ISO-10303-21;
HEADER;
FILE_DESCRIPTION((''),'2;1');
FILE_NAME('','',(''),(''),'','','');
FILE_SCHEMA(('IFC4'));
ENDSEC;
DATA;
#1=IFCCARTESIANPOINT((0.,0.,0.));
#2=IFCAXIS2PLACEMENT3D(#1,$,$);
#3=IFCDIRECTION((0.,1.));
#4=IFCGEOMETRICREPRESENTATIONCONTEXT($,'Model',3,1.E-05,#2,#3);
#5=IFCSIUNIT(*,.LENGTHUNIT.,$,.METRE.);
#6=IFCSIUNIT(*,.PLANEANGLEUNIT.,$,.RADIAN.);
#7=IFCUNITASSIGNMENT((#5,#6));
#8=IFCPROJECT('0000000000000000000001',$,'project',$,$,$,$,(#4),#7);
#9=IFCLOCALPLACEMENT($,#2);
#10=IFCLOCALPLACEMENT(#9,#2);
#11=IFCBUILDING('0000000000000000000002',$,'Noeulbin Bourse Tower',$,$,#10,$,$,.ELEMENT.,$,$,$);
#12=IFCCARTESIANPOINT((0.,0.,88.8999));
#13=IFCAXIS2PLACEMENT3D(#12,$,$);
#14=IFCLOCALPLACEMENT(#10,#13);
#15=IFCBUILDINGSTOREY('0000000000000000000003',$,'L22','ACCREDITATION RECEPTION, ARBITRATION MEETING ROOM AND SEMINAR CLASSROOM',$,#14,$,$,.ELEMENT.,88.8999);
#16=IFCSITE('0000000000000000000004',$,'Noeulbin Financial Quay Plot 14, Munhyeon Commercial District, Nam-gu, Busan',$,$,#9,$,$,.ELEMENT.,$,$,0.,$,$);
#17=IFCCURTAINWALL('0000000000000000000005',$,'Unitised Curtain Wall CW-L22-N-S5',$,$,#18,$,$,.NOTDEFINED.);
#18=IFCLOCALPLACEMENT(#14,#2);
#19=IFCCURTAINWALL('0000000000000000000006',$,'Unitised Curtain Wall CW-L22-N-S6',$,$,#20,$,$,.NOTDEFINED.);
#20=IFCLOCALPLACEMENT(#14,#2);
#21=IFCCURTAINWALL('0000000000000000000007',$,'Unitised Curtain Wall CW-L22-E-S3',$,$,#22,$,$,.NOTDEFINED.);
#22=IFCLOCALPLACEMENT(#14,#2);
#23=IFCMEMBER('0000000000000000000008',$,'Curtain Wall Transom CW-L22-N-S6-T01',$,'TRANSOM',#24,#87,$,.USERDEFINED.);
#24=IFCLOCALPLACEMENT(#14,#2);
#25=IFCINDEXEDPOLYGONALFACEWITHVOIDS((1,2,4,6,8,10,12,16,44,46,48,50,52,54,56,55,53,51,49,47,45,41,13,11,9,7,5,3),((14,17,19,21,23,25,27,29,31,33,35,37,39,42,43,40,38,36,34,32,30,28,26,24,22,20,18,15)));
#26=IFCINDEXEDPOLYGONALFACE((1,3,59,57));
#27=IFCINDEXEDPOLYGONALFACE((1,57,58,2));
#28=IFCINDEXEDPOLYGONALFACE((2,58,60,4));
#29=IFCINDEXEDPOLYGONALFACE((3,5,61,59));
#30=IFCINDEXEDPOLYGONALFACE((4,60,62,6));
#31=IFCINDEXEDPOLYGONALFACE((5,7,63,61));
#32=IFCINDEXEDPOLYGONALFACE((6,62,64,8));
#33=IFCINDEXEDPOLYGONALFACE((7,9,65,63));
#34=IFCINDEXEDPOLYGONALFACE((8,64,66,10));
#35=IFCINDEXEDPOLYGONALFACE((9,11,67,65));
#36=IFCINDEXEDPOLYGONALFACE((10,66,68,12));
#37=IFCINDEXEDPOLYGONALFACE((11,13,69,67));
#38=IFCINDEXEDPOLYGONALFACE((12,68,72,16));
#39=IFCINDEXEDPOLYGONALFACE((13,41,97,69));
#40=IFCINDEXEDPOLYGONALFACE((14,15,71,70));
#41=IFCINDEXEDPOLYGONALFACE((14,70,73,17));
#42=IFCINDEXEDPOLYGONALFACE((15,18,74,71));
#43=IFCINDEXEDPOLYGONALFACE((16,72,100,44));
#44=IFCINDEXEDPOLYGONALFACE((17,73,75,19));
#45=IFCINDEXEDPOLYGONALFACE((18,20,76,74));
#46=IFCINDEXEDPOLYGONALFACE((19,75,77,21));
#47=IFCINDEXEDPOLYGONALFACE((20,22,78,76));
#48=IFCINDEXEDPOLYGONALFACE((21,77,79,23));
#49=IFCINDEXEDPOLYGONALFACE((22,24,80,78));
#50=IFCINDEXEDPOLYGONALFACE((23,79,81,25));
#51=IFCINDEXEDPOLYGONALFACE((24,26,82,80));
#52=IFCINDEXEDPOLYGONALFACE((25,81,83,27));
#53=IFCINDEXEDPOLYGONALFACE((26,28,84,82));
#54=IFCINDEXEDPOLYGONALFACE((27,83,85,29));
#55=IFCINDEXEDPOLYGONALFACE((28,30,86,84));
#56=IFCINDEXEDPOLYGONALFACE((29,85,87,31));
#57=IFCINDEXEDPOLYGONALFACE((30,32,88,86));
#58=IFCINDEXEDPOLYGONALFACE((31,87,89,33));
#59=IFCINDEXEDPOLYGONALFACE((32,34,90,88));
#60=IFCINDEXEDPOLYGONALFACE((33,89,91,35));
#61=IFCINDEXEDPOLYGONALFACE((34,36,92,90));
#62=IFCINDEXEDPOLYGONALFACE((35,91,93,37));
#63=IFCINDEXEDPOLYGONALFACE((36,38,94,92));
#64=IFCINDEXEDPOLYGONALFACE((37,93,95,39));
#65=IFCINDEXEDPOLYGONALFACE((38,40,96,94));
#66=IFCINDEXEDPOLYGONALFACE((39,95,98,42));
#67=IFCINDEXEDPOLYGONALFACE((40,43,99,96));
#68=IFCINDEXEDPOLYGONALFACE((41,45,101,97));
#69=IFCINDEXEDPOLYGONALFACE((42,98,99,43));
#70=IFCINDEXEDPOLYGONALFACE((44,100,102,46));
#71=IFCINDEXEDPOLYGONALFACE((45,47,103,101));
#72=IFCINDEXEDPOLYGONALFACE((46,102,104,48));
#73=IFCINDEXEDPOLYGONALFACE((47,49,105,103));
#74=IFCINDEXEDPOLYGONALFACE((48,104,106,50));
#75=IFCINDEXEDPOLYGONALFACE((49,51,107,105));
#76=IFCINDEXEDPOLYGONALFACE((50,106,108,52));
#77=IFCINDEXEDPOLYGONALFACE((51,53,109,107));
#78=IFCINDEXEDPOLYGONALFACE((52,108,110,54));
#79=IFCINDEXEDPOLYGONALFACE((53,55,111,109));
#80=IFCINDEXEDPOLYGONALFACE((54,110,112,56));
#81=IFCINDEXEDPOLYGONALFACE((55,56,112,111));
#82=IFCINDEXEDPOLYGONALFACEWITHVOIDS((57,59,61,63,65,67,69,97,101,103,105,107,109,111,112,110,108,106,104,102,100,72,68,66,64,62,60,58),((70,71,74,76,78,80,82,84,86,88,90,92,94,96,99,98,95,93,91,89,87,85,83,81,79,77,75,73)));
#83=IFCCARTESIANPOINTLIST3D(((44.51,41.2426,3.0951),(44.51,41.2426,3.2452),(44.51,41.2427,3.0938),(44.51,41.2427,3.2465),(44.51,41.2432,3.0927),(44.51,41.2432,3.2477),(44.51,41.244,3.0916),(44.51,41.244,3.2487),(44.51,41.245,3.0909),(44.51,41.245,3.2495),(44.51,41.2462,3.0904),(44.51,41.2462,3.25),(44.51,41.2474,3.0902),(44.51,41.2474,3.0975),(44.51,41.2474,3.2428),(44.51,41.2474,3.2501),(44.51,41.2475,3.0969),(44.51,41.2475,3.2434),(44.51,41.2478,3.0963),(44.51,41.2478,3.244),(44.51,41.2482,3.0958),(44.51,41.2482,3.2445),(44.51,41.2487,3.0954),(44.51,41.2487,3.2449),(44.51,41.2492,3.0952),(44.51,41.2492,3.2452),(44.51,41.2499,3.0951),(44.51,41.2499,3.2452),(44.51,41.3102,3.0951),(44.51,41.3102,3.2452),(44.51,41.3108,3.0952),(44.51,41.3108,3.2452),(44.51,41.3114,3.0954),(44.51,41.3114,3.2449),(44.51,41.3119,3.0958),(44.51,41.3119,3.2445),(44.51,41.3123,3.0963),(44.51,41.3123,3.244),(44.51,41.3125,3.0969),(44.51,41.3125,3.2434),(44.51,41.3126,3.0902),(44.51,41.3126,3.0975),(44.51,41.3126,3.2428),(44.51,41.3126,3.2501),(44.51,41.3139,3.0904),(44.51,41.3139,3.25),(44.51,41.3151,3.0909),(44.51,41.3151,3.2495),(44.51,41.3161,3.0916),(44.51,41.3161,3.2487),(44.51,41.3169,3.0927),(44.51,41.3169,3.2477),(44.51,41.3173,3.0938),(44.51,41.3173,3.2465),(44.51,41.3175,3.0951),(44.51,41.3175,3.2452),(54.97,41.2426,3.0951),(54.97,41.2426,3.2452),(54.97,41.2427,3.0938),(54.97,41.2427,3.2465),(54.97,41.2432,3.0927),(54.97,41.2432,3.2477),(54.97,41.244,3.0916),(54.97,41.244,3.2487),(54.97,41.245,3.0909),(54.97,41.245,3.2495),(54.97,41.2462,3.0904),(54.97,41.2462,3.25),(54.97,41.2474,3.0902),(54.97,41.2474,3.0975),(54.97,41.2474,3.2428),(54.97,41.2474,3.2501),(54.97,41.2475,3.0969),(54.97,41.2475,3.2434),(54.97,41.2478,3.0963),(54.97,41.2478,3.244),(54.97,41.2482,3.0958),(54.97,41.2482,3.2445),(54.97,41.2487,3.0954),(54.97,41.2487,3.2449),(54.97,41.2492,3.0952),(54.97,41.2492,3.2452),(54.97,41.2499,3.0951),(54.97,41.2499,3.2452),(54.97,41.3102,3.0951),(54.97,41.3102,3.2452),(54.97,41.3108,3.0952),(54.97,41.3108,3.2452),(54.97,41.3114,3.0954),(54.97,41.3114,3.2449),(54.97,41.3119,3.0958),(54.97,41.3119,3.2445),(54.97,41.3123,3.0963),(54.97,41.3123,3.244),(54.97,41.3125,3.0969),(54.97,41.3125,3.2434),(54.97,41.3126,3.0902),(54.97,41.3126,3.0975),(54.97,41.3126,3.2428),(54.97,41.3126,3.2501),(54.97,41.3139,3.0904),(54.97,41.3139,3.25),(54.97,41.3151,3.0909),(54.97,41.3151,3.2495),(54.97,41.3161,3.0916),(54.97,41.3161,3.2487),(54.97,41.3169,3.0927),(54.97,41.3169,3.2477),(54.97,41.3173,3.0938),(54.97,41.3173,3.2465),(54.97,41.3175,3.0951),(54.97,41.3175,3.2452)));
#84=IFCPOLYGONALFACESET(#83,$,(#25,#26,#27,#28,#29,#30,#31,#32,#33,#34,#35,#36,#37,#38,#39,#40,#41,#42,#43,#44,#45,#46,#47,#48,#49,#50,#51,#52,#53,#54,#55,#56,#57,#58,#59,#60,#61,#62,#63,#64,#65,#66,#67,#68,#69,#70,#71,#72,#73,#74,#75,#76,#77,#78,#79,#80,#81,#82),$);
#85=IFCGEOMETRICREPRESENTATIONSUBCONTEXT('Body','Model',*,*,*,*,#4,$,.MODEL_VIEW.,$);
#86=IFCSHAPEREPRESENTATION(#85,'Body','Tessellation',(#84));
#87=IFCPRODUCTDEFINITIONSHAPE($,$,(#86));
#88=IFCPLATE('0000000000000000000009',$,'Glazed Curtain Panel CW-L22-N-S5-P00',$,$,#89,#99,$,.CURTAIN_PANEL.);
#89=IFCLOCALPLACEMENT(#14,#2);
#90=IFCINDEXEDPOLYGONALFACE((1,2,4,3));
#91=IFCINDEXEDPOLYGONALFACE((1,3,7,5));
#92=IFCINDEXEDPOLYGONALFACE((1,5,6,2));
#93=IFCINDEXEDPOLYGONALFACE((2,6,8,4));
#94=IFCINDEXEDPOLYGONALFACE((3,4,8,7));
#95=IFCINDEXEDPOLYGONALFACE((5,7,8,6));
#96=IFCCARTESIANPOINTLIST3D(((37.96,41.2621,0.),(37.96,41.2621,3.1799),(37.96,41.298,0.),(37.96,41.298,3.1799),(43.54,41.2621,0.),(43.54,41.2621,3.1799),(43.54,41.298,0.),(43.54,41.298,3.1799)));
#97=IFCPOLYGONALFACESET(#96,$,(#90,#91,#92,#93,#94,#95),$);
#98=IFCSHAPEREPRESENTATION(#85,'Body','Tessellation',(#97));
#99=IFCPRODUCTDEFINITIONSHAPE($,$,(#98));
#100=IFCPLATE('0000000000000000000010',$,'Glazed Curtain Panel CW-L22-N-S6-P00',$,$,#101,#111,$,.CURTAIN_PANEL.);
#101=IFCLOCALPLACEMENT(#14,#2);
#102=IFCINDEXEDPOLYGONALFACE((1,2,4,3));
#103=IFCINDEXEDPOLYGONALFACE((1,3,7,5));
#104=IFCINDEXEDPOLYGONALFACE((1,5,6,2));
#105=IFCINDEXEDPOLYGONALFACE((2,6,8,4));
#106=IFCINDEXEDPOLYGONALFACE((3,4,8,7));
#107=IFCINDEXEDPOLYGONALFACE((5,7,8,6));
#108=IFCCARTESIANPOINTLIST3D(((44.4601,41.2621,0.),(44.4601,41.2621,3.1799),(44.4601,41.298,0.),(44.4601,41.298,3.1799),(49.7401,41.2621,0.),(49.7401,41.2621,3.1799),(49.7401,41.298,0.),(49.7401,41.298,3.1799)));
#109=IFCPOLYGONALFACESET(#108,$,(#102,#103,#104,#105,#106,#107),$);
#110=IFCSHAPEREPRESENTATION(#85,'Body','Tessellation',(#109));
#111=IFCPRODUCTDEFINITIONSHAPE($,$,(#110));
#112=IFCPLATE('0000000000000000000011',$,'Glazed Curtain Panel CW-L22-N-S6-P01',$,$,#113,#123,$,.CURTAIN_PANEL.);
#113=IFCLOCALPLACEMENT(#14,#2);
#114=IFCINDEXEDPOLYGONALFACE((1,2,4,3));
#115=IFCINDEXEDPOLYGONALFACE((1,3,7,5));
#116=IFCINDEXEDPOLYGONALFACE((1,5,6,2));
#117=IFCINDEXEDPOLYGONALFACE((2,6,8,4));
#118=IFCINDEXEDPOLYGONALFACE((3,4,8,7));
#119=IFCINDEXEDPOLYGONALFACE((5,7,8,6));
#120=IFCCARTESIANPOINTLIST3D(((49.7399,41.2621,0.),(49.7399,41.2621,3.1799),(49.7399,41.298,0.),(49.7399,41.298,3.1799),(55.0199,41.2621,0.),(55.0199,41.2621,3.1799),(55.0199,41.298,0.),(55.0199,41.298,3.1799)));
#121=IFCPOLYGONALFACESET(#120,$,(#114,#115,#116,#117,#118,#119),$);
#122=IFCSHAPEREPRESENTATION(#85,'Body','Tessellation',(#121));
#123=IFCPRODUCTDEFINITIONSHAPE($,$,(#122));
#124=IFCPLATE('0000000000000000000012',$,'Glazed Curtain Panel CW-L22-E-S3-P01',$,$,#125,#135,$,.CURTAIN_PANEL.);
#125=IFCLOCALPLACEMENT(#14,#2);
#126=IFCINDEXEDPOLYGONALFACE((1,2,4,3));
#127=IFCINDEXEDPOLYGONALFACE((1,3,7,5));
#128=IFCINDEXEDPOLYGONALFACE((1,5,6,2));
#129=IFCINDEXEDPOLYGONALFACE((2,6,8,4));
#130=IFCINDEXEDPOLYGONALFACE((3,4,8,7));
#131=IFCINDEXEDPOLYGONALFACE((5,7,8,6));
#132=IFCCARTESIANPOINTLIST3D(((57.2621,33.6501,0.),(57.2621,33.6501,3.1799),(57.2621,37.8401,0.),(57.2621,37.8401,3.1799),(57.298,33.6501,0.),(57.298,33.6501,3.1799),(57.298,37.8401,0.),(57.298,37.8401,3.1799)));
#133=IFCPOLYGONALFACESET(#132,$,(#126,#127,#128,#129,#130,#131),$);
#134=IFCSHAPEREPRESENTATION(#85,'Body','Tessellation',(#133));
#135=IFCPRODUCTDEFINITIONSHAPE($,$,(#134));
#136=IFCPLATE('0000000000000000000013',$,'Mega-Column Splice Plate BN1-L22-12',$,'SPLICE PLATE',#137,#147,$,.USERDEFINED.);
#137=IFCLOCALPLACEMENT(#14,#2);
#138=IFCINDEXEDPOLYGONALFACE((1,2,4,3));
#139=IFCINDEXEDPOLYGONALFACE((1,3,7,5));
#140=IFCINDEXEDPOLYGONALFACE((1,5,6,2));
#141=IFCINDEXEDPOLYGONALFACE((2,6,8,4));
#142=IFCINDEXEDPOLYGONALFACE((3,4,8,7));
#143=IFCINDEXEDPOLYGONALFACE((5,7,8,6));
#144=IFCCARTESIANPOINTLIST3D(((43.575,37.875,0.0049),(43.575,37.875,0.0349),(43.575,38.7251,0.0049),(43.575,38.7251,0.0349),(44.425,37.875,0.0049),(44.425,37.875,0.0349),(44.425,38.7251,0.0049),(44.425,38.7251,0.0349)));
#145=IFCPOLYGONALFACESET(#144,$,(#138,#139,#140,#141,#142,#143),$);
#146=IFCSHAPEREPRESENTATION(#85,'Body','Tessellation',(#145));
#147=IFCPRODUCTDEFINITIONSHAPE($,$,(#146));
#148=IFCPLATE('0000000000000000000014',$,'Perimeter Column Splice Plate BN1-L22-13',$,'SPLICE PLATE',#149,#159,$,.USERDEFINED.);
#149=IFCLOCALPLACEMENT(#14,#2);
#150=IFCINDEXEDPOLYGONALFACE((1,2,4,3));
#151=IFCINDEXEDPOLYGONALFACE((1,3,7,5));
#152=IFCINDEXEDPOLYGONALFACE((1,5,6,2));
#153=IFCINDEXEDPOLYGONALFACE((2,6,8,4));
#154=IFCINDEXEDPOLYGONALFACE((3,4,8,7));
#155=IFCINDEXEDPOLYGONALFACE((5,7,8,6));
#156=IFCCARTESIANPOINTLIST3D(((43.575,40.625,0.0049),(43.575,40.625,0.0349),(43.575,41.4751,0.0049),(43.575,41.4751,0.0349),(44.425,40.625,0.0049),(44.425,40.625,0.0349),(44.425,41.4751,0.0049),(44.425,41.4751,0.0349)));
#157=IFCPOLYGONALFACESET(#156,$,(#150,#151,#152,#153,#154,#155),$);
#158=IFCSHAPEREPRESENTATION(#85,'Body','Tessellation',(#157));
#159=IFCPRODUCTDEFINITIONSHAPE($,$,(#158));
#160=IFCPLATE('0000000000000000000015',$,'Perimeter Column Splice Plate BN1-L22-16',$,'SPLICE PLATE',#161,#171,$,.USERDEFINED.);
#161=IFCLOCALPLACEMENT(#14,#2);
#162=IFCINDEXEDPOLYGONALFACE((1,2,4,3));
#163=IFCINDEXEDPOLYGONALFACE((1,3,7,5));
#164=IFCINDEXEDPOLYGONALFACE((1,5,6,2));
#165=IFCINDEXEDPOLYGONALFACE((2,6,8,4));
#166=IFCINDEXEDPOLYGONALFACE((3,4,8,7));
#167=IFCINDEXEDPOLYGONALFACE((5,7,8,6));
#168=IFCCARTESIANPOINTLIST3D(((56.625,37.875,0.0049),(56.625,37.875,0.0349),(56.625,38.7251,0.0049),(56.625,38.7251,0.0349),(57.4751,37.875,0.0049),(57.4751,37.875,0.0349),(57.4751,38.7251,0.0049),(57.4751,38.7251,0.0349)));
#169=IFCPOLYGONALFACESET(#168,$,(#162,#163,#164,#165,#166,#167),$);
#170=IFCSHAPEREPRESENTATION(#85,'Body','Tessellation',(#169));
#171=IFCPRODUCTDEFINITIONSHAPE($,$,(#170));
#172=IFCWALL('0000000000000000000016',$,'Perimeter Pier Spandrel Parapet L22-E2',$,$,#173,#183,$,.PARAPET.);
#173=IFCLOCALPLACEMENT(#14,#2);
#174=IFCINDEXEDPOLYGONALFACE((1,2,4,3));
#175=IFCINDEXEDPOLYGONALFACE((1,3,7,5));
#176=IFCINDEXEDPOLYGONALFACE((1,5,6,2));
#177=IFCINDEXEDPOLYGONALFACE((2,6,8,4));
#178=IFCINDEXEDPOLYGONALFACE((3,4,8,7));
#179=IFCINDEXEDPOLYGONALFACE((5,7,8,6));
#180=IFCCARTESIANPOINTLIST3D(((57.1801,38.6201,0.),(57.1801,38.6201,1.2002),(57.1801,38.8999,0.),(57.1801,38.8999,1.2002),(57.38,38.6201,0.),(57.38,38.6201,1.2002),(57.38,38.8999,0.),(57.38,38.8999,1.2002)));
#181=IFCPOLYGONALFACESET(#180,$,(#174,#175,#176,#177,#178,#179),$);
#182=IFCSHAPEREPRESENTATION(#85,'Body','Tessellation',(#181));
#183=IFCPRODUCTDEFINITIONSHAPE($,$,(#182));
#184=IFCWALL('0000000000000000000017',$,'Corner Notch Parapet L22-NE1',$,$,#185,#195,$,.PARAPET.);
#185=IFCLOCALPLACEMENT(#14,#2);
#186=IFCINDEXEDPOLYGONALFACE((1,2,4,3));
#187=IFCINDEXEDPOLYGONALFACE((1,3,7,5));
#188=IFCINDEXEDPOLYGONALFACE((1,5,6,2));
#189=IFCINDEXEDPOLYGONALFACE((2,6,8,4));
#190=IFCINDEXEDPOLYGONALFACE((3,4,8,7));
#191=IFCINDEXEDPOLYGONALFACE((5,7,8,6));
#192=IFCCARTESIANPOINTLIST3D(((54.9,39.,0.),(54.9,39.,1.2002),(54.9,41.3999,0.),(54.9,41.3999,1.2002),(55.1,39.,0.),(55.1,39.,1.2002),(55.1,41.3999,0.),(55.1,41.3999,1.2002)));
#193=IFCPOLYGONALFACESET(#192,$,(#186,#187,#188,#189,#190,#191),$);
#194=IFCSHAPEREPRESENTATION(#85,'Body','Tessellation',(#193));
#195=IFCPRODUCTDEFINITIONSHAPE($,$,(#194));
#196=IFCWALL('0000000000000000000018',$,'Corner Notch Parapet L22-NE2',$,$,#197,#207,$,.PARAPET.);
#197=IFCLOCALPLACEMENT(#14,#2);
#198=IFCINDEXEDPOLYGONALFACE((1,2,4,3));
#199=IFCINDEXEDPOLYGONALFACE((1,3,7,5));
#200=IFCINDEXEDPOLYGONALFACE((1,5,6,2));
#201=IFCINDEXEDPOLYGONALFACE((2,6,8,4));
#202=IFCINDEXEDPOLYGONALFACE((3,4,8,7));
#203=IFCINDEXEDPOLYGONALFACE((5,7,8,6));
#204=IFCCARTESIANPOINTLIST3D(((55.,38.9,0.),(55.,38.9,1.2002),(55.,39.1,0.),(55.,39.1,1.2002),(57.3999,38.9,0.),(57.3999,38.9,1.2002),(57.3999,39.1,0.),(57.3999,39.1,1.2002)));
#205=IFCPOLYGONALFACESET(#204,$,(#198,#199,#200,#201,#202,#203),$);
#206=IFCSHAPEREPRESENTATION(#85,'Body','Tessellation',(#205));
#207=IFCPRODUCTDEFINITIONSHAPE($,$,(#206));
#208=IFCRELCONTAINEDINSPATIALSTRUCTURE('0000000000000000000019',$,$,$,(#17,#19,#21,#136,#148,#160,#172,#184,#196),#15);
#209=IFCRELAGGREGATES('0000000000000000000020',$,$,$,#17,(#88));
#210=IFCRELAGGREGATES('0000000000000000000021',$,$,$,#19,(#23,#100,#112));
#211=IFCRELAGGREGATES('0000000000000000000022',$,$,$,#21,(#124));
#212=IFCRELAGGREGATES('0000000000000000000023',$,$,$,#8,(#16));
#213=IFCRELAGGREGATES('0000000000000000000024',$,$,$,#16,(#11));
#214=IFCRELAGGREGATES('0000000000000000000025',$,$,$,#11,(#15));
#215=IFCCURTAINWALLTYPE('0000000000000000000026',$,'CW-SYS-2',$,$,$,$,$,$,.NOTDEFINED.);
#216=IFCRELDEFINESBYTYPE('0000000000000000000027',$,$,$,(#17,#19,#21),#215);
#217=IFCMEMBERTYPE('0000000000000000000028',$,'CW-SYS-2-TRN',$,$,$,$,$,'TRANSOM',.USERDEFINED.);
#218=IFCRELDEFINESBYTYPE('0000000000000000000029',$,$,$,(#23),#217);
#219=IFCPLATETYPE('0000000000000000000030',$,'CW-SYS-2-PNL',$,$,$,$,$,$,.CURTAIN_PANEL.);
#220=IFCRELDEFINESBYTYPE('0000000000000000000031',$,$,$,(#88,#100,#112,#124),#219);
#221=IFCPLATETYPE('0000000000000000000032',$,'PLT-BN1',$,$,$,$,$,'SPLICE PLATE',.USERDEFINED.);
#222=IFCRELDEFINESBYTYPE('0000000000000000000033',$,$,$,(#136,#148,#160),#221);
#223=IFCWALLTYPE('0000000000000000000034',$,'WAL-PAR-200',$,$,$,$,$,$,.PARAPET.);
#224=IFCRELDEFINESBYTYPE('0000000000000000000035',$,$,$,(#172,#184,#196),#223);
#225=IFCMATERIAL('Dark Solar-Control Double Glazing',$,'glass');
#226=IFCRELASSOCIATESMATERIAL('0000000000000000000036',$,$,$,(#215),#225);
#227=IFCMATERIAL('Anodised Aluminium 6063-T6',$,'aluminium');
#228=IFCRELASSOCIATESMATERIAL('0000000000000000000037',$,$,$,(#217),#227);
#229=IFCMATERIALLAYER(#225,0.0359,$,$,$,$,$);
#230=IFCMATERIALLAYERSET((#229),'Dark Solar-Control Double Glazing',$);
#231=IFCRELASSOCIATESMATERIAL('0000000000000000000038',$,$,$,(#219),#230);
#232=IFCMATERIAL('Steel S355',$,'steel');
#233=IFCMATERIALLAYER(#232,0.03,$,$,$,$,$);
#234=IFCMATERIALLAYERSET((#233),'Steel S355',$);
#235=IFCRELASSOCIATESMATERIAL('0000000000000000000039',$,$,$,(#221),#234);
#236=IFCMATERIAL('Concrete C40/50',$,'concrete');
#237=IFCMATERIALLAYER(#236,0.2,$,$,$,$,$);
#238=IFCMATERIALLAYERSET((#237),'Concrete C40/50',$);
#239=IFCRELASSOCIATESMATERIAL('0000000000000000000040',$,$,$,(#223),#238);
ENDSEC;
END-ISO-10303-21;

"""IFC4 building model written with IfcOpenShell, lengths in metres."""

from ifc_helpers import new_model, si_unit, direction, frame, frame_2d, origin, origin_2d, place, context, subcontext, project, spatial, rectangle, hollow_rectangle, extrude, material, layer, layer_set, material_profile, profile_set, type_object, element, aggregate, save


model = new_model("IFC4")

# Units and contexts
model_context = context("Model", 3, precision=1e-05, world=origin(), true_north=direction((0.0, 1.0)))
body_context = subcontext(model_context, "Body", "Model", "MODEL_VIEW")
ifc_project = project(units=[si_unit("LENGTHUNIT", "METRE"), si_unit("PLANEANGLEUNIT", "RADIAN")], contexts=[model_context])

# Site, building, storey
site_placement = place(None, origin())
site = spatial("IfcSite", under=ifc_project, at=site_placement, Name="Noeulbin Financial Quay Plot 14, Munhyeon Commercial District, Nam-gu, Busan", CompositionType="ELEMENT", RefElevation=0.0)
building_placement = place(site_placement, origin())
building = spatial("IfcBuilding", under=site, at=building_placement, Name="Noeulbin Bourse Tower", CompositionType="ELEMENT")
storey_placement = place(building_placement, frame((0.0, 0.0, 88.8999)))
storey = spatial("IfcBuildingStorey", under=building, at=storey_placement, Name="L22", Description="ACCREDITATION RECEPTION, ARBITRATION MEETING ROOM AND SEMINAR CLASSROOM", CompositionType="ELEMENT", Elevation=88.8999)

# Shared definitions
ifc_material_1 = material(Name="Steel S355", Category="steel")

# Curtain wall
ifc_material_2 = material(Name="Dark Solar-Control Double Glazing", Category="glass")
curtain_wall_type = type_object("IfcCurtainWallType", Name="CW-SYS-2", PredefinedType="NOTDEFINED", material=ifc_material_2)
curtain_wall_1_placement = place(storey_placement, origin())
curtain_wall_1 = element("IfcCurtainWall", 1, at=curtain_wall_1_placement, inside=storey, type_object=curtain_wall_type, Name="Unitised Curtain Wall CW-L22-N-S5", PredefinedType="NOTDEFINED")
ifc_material_3 = material(Name="Anodised Aluminium 6063-T6", Category="aluminium")

# Curtain wall
curtain_wall_2_placement = place(storey_placement, origin())
curtain_wall_2 = element("IfcCurtainWall", 2, at=curtain_wall_2_placement, inside=storey, type_object=curtain_wall_type, Name="Unitised Curtain Wall CW-L22-N-S6", PredefinedType="NOTDEFINED")

# Curtain wall
curtain_wall_3_placement = place(storey_placement, origin())
curtain_wall_3 = element("IfcCurtainWall", 3, at=curtain_wall_3_placement, inside=storey, type_object=curtain_wall_type, Name="Unitised Curtain Wall CW-L22-E-S3", PredefinedType="NOTDEFINED")

# Member
ifc_material_profile_1 = material_profile(ifc_material_3, hollow_rectangle(XDim=0.075, YDim=0.1599, WallThickness=0.0049, InnerFilletRadius=0.0024, OuterFilletRadius=0.0049, at=origin_2d()), Name="ALU-TRAN-75x160x5", Category="LoadBearing")
ifc_profile_set_1 = profile_set([ifc_material_profile_1], Name="Anodised Aluminium 6063-T6")
member_type_1 = type_object("IfcMemberType", Name="CW-SYS-2-TRN", ElementType="TRANSOM", PredefinedType="USERDEFINED", material=ifc_profile_set_1)
member_1_placement = place(storey_placement, frame((44.51, 41.28, 3.1702), z_axis=(1.0, 0.0, 0.0), x_axis=(0.0, 1.0, 0.0)))
member_1 = element("IfcMember", 4, at=member_1_placement, type_object=member_type_1, Name="Curtain Wall Transom CW-L22-N-S6-T01", ObjectType="TRANSOM", PredefinedType="USERDEFINED", context=body_context, shape_type="SweptSolid", body=[
    extrude(hollow_rectangle(XDim=0.075, YDim=0.1599, WallThickness=0.0049, InnerFilletRadius=0.0024, OuterFilletRadius=0.0049, at=origin_2d()), origin(), (0.0, 0.0, 1.0), 10.46),
])

# Plates
ifc_layer_1 = layer(ifc_material_2, 0.0359)
ifc_layer_set_1 = layer_set([ifc_layer_1], Name="Dark Solar-Control Double Glazing")
plate_type_1 = type_object("IfcPlateType", Name="CW-SYS-2-PNL", PredefinedType="CURTAIN_PANEL", material=ifc_layer_set_1)
plate_1_placement = place(storey_placement, frame((40.75, 41.28, 0.0), z_axis=(0.0, 0.0, 1.0), x_axis=(1.0, 0.0, 0.0)))
plate_1 = element("IfcPlate", 5, at=plate_1_placement, type_object=plate_type_1, Name="Glazed Curtain Panel CW-L22-N-S5-P00", PredefinedType="CURTAIN_PANEL", context=body_context, shape_type="SweptSolid", body=[
    extrude(rectangle(XDim=5.5801, YDim=0.0359, at=origin_2d()), origin(), (0.0, 0.0, 1.0), 3.1799),
])
aggregate(curtain_wall_1, [plate_1])
plate_2_placement = place(storey_placement, frame((47.1001, 41.28, 0.0), z_axis=(0.0, 0.0, 1.0), x_axis=(1.0, 0.0, 0.0)))
plate_2 = element("IfcPlate", 6, at=plate_2_placement, type_object=plate_type_1, Name="Glazed Curtain Panel CW-L22-N-S6-P00", PredefinedType="CURTAIN_PANEL", context=body_context, shape_type="SweptSolid", body=[
    extrude(rectangle(XDim=5.28, YDim=0.0359, at=origin_2d()), origin(), (0.0, 0.0, 1.0), 3.1799),
])
plate_3_placement = place(storey_placement, frame((52.3799, 41.28, 0.0), z_axis=(0.0, 0.0, 1.0), x_axis=(1.0, 0.0, 0.0)))
plate_3 = element("IfcPlate", 7, at=plate_3_placement, type_object=plate_type_1, Name="Glazed Curtain Panel CW-L22-N-S6-P01", PredefinedType="CURTAIN_PANEL", context=body_context, shape_type="SweptSolid", body=[
    extrude(rectangle(XDim=5.28, YDim=0.0359, at=origin_2d()), origin(), (0.0, 0.0, 1.0), 3.1799),
])
aggregate(curtain_wall_2, [member_1, plate_2, plate_3])
plate_4_placement = place(storey_placement, frame((57.28, 35.7451, 0.0), z_axis=(0.0, 0.0, 1.0), x_axis=(0.0, 1.0, 0.0)))
plate_4 = element("IfcPlate", 8, at=plate_4_placement, type_object=plate_type_1, Name="Glazed Curtain Panel CW-L22-E-S3-P01", PredefinedType="CURTAIN_PANEL", context=body_context, shape_type="SweptSolid", body=[
    extrude(rectangle(XDim=4.1899, YDim=0.0359, at=origin_2d()), origin(), (0.0, 0.0, 1.0), 3.1799),
])
aggregate(curtain_wall_3, [plate_4])

# Plates
ifc_layer_2 = layer(ifc_material_1, 0.03)
ifc_layer_set_2 = layer_set([ifc_layer_2], Name="Steel S355")
plate_type_2 = type_object("IfcPlateType", Name="PLT-BN1", ElementType="SPLICE PLATE", PredefinedType="USERDEFINED", material=ifc_layer_set_2)
for number, where, z_axis, x_axis, name in (
    (9, (44.0, 38.3, 0.0049), (0.0, 0.0, 1.0), (1.0, 0.0, 0.0), "Mega-Column Splice Plate BN1-L22-12"),
    (10, (44.0, 41.05, 0.0049), (0.0, 0.0, 1.0), (1.0, 0.0, 0.0), "Perimeter Column Splice Plate BN1-L22-13"),
    (11, (57.05, 38.3, 0.0049), (0.0, 0.0, 1.0), (1.0, 0.0, 0.0), "Perimeter Column Splice Plate BN1-L22-16"),
):
    element("IfcPlate", number, at=place(storey_placement, frame(where, z_axis=z_axis, x_axis=x_axis)), inside=storey, type_object=plate_type_2, Name=name, ObjectType="SPLICE PLATE", PredefinedType="USERDEFINED", context=body_context, shape_type="SweptSolid", body=[
        extrude(rectangle(XDim=0.8501, YDim=0.8501, at=origin_2d()), origin(), (0.0, 0.0, 1.0), 0.03),
    ])

# Walls
ifc_material_4 = material(Name="Concrete C40/50", Category="concrete")
ifc_layer_3 = layer(ifc_material_4, 0.2)
ifc_layer_set_3 = layer_set([ifc_layer_3], Name="Concrete C40/50")
wall_type_1 = type_object("IfcWallType", Name="WAL-PAR-200", PredefinedType="PARAPET", material=ifc_layer_set_3)
wall_1_placement = place(storey_placement, frame((57.28, 38.6201, 0.0), z_axis=(0.0, 0.0, 1.0), x_axis=(0.0, 1.0, 0.0)))
element("IfcWall", 12, at=wall_1_placement, inside=storey, type_object=wall_type_1, Name="Perimeter Pier Spandrel Parapet L22-E2", PredefinedType="PARAPET", context=body_context, shape_type="SweptSolid", body=[
    extrude(rectangle(XDim=0.2798, YDim=0.2, at=frame_2d((0.1399, 0.0))), origin(), (0.0, 0.0, 1.0), 1.2002),
])
for number, where, z_axis, x_axis, name in (
    (13, (55.0, 41.3999, 0.0), (0.0, 0.0, 1.0), (0.0, -1.0, 0.0), "Corner Notch Parapet L22-NE1"),
    (14, (55.0, 39.0, 0.0), (0.0, 0.0, 1.0), (1.0, 0.0, 0.0), "Corner Notch Parapet L22-NE2"),
):
    element("IfcWall", number, at=place(storey_placement, frame(where, z_axis=z_axis, x_axis=x_axis)), inside=storey, type_object=wall_type_1, Name=name, PredefinedType="PARAPET", context=body_context, shape_type="SweptSolid", body=[
        extrude(rectangle(XDim=2.3999, YDim=0.2, at=frame_2d((1.2, 0.0))), origin(), (0.0, 0.0, 1.0), 1.2002),
    ])

save(model, "model.ifc")
